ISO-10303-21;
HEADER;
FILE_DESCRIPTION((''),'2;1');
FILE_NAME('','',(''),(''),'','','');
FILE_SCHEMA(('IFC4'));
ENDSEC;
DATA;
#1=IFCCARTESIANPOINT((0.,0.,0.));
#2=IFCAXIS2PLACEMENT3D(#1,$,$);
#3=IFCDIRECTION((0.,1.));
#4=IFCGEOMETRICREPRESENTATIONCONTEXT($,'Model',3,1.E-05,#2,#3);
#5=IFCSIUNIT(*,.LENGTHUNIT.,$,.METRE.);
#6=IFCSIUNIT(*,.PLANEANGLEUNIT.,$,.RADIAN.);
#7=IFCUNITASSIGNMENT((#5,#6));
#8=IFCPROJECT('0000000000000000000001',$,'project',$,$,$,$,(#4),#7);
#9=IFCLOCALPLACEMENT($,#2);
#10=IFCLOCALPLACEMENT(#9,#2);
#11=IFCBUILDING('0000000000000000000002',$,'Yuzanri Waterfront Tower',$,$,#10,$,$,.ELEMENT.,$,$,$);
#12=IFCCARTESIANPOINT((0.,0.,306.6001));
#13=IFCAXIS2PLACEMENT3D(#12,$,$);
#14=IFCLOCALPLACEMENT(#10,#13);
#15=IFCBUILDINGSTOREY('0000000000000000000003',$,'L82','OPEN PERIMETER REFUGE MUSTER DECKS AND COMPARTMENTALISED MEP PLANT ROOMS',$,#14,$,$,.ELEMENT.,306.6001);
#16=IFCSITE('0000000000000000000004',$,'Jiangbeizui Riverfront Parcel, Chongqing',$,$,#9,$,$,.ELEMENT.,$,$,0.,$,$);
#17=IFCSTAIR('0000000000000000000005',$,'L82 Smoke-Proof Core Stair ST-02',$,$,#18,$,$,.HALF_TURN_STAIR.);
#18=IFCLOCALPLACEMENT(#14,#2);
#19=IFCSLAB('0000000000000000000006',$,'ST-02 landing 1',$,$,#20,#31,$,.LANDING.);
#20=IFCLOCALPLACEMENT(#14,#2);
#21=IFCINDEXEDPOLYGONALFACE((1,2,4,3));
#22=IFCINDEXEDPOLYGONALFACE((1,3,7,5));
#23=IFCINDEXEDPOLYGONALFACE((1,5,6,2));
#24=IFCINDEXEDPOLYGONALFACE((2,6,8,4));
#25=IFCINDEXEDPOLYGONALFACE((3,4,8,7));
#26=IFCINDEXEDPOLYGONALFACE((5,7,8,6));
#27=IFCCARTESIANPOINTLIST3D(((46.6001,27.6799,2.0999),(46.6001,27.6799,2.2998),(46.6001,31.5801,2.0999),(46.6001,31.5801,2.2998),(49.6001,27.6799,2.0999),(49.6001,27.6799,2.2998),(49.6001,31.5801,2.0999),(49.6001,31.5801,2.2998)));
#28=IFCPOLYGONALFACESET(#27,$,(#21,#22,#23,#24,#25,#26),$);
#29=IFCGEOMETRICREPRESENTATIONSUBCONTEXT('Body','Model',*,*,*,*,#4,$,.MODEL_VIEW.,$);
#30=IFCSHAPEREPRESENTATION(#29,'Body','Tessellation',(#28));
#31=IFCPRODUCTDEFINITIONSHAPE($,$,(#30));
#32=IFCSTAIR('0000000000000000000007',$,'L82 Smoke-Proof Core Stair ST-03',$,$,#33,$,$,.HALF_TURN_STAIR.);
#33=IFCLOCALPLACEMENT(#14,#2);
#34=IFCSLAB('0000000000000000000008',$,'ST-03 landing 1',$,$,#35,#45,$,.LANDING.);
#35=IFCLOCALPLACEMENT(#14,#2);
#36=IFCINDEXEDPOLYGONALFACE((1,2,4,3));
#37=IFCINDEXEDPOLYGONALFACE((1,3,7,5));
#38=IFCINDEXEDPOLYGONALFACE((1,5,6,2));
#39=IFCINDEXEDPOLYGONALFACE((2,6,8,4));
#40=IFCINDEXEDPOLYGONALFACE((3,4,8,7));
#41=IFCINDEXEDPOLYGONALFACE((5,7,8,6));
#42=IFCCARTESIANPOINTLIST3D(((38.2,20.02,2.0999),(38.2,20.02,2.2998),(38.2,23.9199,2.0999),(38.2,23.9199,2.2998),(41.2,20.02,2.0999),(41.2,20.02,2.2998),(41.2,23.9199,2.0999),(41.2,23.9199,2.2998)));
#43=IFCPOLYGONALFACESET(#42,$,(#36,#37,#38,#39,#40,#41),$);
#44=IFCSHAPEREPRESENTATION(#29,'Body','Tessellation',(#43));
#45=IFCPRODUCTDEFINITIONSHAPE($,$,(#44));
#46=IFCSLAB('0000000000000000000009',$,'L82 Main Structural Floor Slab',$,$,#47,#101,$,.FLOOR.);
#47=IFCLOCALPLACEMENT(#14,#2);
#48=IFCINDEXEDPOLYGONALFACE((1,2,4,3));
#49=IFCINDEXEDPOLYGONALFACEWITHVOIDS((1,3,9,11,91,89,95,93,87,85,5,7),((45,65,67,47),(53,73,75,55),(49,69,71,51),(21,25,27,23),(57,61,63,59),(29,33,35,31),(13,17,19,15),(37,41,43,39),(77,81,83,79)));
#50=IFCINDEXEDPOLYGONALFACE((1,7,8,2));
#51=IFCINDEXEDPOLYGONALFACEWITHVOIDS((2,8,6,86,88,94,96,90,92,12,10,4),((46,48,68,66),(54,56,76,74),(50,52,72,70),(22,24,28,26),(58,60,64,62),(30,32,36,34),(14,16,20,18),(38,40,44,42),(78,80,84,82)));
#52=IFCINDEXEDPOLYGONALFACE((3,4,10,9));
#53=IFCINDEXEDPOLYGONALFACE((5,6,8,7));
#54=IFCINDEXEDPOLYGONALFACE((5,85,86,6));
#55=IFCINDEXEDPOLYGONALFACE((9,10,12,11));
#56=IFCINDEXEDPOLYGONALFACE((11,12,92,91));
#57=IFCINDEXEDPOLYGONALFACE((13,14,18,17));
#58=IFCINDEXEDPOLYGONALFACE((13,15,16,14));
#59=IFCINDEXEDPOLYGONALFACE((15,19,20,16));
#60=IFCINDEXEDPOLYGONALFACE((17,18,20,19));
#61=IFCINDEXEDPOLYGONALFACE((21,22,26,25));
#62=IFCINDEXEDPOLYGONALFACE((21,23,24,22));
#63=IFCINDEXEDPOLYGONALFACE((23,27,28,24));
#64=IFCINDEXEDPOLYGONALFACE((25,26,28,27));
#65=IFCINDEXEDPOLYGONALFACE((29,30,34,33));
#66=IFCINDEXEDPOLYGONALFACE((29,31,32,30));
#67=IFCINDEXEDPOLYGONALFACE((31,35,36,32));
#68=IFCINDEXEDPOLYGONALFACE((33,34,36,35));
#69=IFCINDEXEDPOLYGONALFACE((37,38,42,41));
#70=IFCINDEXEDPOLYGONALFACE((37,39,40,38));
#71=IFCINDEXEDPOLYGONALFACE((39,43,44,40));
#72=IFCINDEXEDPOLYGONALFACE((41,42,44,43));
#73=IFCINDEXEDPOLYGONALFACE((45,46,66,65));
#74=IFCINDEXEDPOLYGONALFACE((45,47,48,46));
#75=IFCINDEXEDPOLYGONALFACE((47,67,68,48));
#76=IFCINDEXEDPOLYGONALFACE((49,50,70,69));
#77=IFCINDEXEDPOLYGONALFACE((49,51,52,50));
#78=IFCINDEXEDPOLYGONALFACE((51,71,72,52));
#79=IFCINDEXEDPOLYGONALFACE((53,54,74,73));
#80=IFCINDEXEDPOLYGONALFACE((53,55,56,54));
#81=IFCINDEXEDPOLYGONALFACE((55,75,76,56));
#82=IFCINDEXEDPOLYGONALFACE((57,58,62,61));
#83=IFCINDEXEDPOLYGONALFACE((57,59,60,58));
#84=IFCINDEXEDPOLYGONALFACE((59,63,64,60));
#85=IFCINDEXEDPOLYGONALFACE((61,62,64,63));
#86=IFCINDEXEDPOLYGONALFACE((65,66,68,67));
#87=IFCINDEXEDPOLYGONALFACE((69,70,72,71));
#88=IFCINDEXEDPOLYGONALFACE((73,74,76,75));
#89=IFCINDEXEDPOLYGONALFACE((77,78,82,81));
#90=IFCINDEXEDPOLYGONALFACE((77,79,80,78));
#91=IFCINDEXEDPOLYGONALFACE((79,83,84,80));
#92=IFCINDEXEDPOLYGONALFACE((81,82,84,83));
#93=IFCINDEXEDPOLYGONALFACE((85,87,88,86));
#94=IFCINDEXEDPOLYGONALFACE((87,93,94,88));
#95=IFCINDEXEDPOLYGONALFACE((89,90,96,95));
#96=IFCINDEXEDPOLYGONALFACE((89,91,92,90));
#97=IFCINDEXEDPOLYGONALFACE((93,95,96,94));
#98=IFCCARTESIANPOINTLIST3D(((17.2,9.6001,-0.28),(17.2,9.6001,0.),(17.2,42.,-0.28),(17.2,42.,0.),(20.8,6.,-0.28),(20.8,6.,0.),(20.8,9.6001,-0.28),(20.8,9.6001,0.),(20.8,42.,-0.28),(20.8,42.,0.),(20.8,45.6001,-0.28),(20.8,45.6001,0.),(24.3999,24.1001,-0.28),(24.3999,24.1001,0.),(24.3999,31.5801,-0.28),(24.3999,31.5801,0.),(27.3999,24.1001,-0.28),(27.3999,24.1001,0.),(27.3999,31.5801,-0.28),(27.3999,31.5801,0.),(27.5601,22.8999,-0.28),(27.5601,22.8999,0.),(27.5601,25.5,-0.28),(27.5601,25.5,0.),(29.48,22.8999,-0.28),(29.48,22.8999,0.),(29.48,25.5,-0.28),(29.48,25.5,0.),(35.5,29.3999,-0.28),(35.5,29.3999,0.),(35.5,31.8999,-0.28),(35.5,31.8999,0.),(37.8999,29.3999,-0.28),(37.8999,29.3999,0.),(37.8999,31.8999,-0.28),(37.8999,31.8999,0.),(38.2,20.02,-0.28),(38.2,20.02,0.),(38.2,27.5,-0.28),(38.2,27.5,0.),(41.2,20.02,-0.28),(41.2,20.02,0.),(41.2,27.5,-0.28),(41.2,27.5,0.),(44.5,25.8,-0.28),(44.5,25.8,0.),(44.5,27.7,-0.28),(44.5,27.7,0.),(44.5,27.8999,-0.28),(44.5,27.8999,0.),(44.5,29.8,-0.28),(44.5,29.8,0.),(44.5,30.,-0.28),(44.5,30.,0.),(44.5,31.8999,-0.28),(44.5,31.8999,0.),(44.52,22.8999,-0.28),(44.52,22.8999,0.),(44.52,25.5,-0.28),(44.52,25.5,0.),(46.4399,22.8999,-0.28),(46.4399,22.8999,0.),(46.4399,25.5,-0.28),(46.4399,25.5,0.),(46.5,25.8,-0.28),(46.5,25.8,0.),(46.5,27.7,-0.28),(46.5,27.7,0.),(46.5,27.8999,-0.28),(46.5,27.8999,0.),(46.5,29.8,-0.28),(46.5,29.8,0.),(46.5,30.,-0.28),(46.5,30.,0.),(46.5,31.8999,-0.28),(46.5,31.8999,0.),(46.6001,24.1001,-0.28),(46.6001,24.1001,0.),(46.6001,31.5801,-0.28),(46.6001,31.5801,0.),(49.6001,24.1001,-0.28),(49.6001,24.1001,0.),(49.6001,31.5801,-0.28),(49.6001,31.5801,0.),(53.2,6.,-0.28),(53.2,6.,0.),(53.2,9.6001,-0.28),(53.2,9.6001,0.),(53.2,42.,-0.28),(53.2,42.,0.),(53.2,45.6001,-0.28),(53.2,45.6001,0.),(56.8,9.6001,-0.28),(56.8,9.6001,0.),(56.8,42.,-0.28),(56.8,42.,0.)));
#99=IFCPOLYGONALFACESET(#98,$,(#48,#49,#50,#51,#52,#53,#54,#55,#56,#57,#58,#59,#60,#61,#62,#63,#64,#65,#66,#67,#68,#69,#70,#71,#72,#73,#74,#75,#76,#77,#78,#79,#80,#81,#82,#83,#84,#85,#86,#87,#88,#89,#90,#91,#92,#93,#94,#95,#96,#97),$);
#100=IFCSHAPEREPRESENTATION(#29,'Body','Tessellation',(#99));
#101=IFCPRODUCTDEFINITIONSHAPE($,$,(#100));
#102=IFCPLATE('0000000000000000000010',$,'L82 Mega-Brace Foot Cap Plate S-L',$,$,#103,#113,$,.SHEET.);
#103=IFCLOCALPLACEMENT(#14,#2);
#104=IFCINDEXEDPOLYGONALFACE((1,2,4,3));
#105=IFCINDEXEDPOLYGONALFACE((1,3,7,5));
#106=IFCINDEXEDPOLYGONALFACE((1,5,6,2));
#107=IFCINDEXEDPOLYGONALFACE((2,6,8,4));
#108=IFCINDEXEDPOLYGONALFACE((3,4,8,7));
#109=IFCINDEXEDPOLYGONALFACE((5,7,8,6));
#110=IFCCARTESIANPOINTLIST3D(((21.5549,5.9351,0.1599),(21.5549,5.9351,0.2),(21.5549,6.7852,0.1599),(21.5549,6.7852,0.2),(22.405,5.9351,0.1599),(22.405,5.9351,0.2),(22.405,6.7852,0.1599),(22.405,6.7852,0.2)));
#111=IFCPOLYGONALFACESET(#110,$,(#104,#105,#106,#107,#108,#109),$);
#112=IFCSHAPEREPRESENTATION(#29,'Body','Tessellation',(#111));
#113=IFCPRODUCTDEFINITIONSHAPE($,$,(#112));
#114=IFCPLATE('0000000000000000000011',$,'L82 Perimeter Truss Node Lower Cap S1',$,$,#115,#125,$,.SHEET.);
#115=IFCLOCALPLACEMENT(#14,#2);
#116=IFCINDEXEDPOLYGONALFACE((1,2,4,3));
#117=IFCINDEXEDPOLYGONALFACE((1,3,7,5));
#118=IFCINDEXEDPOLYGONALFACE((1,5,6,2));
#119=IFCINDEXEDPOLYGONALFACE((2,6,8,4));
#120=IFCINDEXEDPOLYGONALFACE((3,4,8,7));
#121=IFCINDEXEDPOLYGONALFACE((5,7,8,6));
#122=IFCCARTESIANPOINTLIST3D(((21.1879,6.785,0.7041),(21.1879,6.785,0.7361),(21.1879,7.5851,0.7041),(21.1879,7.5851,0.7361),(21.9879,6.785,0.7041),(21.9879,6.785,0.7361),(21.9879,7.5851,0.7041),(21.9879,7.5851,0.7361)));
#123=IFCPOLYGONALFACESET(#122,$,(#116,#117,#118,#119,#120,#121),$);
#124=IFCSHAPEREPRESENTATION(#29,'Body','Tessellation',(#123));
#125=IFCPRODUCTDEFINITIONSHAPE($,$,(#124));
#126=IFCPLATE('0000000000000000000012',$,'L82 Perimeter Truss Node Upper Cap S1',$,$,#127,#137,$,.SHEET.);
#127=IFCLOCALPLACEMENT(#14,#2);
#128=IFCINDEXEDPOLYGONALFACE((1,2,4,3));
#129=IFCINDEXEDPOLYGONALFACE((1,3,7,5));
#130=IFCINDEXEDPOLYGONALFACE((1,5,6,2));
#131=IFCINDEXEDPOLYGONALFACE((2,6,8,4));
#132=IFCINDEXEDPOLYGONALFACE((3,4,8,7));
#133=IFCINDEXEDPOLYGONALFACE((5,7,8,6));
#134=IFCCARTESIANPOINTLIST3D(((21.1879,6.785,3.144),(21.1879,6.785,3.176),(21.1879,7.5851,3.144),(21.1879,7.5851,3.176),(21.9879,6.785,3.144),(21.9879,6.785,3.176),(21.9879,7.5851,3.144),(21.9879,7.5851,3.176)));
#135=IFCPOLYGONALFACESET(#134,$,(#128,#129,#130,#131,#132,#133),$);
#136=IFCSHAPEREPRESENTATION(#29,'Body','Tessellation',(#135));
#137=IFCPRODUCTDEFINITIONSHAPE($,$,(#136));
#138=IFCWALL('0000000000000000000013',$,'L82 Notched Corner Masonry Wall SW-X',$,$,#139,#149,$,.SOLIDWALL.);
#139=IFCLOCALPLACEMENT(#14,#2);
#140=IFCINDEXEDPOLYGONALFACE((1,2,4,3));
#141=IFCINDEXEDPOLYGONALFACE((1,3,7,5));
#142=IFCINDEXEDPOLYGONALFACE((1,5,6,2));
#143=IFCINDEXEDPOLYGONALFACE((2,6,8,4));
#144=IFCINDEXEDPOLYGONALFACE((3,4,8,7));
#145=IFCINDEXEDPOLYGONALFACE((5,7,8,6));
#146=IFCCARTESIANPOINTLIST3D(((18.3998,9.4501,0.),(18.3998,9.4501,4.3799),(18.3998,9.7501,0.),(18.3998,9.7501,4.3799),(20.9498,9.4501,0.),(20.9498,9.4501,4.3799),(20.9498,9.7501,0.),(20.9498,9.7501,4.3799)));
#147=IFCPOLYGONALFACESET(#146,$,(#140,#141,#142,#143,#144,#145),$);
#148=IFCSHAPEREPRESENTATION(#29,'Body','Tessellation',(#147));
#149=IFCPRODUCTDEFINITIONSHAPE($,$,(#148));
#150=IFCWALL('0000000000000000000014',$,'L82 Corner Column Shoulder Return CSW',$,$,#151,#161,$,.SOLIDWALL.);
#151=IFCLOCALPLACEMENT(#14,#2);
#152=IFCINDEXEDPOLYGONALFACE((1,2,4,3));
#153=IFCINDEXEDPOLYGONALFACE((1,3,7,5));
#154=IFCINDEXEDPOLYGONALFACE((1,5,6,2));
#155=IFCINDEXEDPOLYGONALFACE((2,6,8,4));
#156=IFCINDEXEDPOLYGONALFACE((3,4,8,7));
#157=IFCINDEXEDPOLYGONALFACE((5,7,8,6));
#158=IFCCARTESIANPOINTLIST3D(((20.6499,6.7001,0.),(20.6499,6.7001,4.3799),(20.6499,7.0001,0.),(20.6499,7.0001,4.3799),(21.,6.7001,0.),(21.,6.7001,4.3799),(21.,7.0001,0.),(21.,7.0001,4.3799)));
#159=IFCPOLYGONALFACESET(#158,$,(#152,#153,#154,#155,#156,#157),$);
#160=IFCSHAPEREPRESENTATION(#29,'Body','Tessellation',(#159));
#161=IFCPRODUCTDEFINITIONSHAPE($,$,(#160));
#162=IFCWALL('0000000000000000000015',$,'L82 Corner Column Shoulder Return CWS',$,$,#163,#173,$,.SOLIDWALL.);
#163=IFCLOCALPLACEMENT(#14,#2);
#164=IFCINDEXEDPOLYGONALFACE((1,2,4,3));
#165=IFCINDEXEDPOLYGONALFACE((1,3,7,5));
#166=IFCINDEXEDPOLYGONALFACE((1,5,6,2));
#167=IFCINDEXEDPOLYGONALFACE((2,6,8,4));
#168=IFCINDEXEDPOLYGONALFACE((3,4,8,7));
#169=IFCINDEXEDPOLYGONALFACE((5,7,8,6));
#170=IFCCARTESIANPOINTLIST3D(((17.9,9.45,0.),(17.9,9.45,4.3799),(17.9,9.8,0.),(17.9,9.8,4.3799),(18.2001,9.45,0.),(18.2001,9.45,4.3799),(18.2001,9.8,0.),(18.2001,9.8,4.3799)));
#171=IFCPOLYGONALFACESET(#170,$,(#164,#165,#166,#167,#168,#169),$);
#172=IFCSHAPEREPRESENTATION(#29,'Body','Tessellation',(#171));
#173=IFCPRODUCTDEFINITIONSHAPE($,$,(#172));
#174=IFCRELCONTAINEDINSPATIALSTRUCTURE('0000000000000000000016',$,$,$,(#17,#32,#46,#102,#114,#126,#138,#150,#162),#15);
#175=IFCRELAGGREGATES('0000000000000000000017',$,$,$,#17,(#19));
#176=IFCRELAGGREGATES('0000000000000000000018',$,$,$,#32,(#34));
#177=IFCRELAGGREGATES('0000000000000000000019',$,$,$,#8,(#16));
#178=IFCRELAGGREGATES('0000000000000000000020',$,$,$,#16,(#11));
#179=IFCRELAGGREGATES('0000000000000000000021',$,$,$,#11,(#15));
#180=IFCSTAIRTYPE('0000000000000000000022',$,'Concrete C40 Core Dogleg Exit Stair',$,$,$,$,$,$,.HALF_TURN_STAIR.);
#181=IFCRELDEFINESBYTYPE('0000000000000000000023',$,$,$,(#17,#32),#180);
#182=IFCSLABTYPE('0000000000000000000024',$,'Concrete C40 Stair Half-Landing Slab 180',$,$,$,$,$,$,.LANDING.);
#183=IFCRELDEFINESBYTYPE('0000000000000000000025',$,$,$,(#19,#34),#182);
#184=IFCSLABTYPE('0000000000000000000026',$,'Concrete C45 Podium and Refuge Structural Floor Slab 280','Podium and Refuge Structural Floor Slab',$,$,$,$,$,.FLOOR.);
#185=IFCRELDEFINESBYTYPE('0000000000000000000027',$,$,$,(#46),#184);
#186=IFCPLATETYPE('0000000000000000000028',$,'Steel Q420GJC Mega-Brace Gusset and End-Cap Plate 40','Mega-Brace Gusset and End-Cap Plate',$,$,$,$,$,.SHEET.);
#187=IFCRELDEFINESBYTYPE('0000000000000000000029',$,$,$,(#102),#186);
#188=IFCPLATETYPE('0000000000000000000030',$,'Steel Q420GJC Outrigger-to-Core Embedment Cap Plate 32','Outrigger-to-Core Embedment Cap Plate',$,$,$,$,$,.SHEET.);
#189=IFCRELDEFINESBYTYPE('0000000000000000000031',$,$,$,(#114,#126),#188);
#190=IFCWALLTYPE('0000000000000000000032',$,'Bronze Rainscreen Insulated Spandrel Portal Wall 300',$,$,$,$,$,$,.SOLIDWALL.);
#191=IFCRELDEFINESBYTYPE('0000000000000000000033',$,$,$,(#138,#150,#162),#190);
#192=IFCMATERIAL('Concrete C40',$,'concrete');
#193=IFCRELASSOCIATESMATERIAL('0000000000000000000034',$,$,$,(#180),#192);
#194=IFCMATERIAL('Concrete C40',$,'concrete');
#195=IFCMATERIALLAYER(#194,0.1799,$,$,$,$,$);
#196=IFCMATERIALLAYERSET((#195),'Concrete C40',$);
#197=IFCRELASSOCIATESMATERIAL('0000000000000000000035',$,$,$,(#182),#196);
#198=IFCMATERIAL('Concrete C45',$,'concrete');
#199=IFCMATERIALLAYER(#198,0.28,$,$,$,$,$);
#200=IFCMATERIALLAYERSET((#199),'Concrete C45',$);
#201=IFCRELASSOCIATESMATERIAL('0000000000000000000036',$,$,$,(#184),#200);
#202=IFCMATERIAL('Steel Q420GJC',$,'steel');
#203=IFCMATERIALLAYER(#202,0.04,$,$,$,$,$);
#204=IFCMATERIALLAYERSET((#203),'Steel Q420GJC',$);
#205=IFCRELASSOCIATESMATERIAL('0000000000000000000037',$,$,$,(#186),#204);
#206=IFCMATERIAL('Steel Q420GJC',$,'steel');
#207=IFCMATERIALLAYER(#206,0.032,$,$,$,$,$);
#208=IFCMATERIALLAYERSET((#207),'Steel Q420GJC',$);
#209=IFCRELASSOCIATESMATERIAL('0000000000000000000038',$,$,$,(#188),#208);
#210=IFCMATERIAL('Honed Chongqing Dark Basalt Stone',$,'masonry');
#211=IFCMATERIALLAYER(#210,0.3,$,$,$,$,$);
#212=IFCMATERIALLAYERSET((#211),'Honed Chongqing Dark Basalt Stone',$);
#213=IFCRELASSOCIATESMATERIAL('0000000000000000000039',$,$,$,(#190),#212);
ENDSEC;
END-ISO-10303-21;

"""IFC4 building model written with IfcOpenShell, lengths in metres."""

from ifc_helpers import new_model, si_unit, direction, frame, frame_2d, origin, origin_2d, place, context, subcontext, project, spatial, polyline, rectangle, outline, extrude, source, transform, mapped, material, layer, layer_set, type_object, element, aggregate, save


model = new_model("IFC4")

# Units and contexts
model_context = context("Model", 3, precision=1e-05, world=origin(), true_north=direction((0.0, 1.0)))
body_context = subcontext(model_context, "Body", "Model", "MODEL_VIEW")
ifc_project = project(units=[si_unit("LENGTHUNIT", "METRE"), si_unit("PLANEANGLEUNIT", "RADIAN")], contexts=[model_context])

# Site, building, storey
site_placement = place(None, origin())
site = spatial("IfcSite", under=ifc_project, at=site_placement, Name="Jiangbeizui Riverfront Parcel, Chongqing", CompositionType="ELEMENT", RefElevation=0.0)
building_placement = place(site_placement, origin())
building = spatial("IfcBuilding", under=site, at=building_placement, Name="Yuzanri Waterfront Tower", CompositionType="ELEMENT")
storey_placement = place(building_placement, frame((0.0, 0.0, 306.6001)))
storey = spatial("IfcBuildingStorey", under=building, at=storey_placement, Name="L82", Description="OPEN PERIMETER REFUGE MUSTER DECKS AND COMPARTMENTALISED MEP PLANT ROOMS", CompositionType="ELEMENT", Elevation=306.6001)

# Stairs, slabs
ifc_material_1 = material(Name="Concrete C40", Category="concrete")
stair_type = type_object("IfcStairType", Name="Concrete C40 Core Dogleg Exit Stair", PredefinedType="HALF_TURN_STAIR", material=ifc_material_1)
ifc_material_2 = material(Name="Concrete C40", Category="concrete")
ifc_layer_1 = layer(ifc_material_2, 0.1799)
ifc_layer_set_1 = layer_set([ifc_layer_1], Name="Concrete C40")
slab_type_1 = type_object("IfcSlabType", Name="Concrete C40 Stair Half-Landing Slab 180", PredefinedType="LANDING", material=ifc_layer_set_1)
stair_1_placement = place(storey_placement, origin())
stair_1 = element("IfcStair", 1, at=stair_1_placement, inside=storey, type_object=stair_type, Name="L82 Smoke-Proof Core Stair ST-02", PredefinedType="HALF_TURN_STAIR")
slab_1_placement = place(storey_placement, frame((0.0, 0.0, 2.0999)))
slab_1 = element("IfcSlab", 2, at=slab_1_placement, type_object=slab_type_1, Name="ST-02 landing 1", PredefinedType="LANDING", context=body_context, shape_type="SweptSolid", body=[
    extrude(outline(polyline([(49.6001, 27.6799), (49.6001, 31.5801), (46.6001, 31.5801), (46.6001, 27.6799), (49.6001, 27.6799)])), origin(), (0.0, 0.0, 1.0), 0.2),
])
aggregate(stair_1, [slab_1])
stair_2_placement = place(storey_placement, origin())
stair_2 = element("IfcStair", 3, at=stair_2_placement, inside=storey, type_object=stair_type, Name="L82 Smoke-Proof Core Stair ST-03", PredefinedType="HALF_TURN_STAIR")
slab_2_placement = place(storey_placement, frame((0.0, 0.0, 2.0999)))
slab_2 = element("IfcSlab", 4, at=slab_2_placement, type_object=slab_type_1, Name="ST-03 landing 1", PredefinedType="LANDING", context=body_context, shape_type="SweptSolid", body=[
    extrude(outline(polyline([(38.2, 23.9199), (38.2, 20.02), (41.2, 20.02), (41.2, 23.9199), (38.2, 23.9199)])), origin(), (0.0, 0.0, 1.0), 0.2),
])
aggregate(stair_2, [slab_2])

# Slab
ifc_material_3 = material(Name="Concrete C45", Category="concrete")
ifc_layer_2 = layer(ifc_material_3, 0.28)
ifc_layer_set_2 = layer_set([ifc_layer_2], Name="Concrete C45")
slab_type_2 = type_object("IfcSlabType", Name="Concrete C45 Podium and Refuge Structural Floor Slab 280", Description="Podium and Refuge Structural Floor Slab", PredefinedType="FLOOR", material=ifc_layer_set_2)
slab_3_placement = place(storey_placement, frame((0.0, 0.0, -0.28)))
element("IfcSlab", 5, at=slab_3_placement, inside=storey, type_object=slab_type_2, Name="L82 Main Structural Floor Slab", PredefinedType="FLOOR", context=body_context, shape_type="SweptSolid", body=[
    extrude(outline(polyline([(20.8, 6.0), (53.2, 6.0), (53.2, 9.6001), (56.8, 9.6001), (56.8, 42.0), (53.2, 42.0), (53.2, 45.6001), (20.8, 45.6001), (20.8, 42.0), (17.2, 42.0), (17.2, 9.6001), (20.8, 9.6001), (20.8, 6.0)]), holes=[polyline([(27.3999, 24.1001), (27.3999, 31.5801), (24.3999, 31.5801), (24.3999, 24.1001), (27.3999, 24.1001)]), polyline([(49.6001, 24.1001), (49.6001, 31.5801), (46.6001, 31.5801), (46.6001, 24.1001), (49.6001, 24.1001)]), polyline([(38.2, 27.5), (38.2, 20.02), (41.2, 20.02), (41.2, 27.5), (38.2, 27.5)]), polyline([(27.5601, 22.8999), (29.48, 22.8999), (29.48, 25.5), (27.5601, 25.5), (27.5601, 22.8999)]), polyline([(44.52, 22.8999), (46.4399, 22.8999), (46.4399, 25.5), (44.52, 25.5), (44.52, 22.8999)]), polyline([(35.5, 29.3999), (37.8999, 29.3999), (37.8999, 31.8999), (35.5, 31.8999), (35.5, 29.3999)]), polyline([(44.5, 25.8), (46.5, 25.8), (46.5, 27.7), (44.5, 27.7), (44.5, 25.8)]), polyline([(44.5, 27.8999), (46.5, 27.8999), (46.5, 29.8), (44.5, 29.8), (44.5, 27.8999)]), polyline([(44.5, 30.0), (46.5, 30.0), (46.5, 31.8999), (44.5, 31.8999), (44.5, 30.0)])]), origin(), (0.0, 0.0, 1.0), 0.28),
])

# Plates
ifc_material_4 = material(Name="Steel Q420GJC", Category="steel")
ifc_layer_3 = layer(ifc_material_4, 0.04)
ifc_layer_set_3 = layer_set([ifc_layer_3], Name="Steel Q420GJC")
plate_type_1 = type_object("IfcPlateType", Name="Steel Q420GJC Mega-Brace Gusset and End-Cap Plate 40", Description="Mega-Brace Gusset and End-Cap Plate", PredefinedType="SHEET", material=ifc_layer_set_3)
shared_shape_1 = source(origin(), body_context, "Body", "SweptSolid", [
    extrude(rectangle(XDim=0.8501, YDim=0.8501, at=origin_2d()), origin(), (0.0, 0.0, 1.0), 0.04),
])
plate_placement = place(storey_placement, frame((21.98, 6.3601, 0.1599), z_axis=(0.0, 0.0, 1.0), x_axis=(1.0, 0.0, 0.0)))
element("IfcPlate", 6, at=plate_placement, inside=storey, type_object=plate_type_1, Name="L82 Mega-Brace Foot Cap Plate S-L", PredefinedType="SHEET", context=body_context, shape_type="MappedRepresentation", body=[
    mapped(shared_shape_1, transform((0.0, 0.0, 0.0), scale=1.0)),
])
ifc_material_5 = material(Name="Steel Q420GJC", Category="steel")
ifc_layer_4 = layer(ifc_material_5, 0.032)
ifc_layer_set_4 = layer_set([ifc_layer_4], Name="Steel Q420GJC")
plate_type_2 = type_object("IfcPlateType", Name="Steel Q420GJC Outrigger-to-Core Embedment Cap Plate 32", Description="Outrigger-to-Core Embedment Cap Plate", PredefinedType="SHEET", material=ifc_layer_set_4)
shared_shape_2 = source(origin(), body_context, "Body", "SweptSolid", [
    extrude(rectangle(XDim=0.8, YDim=0.8, at=origin_2d()), origin(), (0.0, 0.0, 1.0), 0.032),
])
for number, where, z_axis, x_axis, name in (
    (7, (21.5879, 7.1851, 0.7041), (0.0, 0.0, 1.0), (1.0, 0.0, 0.0), "L82 Perimeter Truss Node Lower Cap S1"),
    (8, (21.5879, 7.1851, 3.144), (0.0, 0.0, 1.0), (1.0, 0.0, 0.0), "L82 Perimeter Truss Node Upper Cap S1"),
):
    element("IfcPlate", number, at=place(storey_placement, frame(where, z_axis=z_axis, x_axis=x_axis)), inside=storey, type_object=plate_type_2, Name=name, PredefinedType="SHEET", context=body_context, shape_type="MappedRepresentation", body=[
        mapped(shared_shape_2, transform((0.0, 0.0, 0.0), scale=1.0)),
    ])

# Walls
ifc_material_6 = material(Name="Honed Chongqing Dark Basalt Stone", Category="masonry")
ifc_layer_5 = layer(ifc_material_6, 0.3)
ifc_layer_set_5 = layer_set([ifc_layer_5], Name="Honed Chongqing Dark Basalt Stone")
wall_type = type_object("IfcWallType", Name="Bronze Rainscreen Insulated Spandrel Portal Wall 300", PredefinedType="SOLIDWALL", material=ifc_layer_set_5)
shared_shape_3 = source(origin(), body_context, "Body", "SweptSolid", [
    extrude(rectangle(XDim=2.55, YDim=0.3, at=frame_2d((1.2749, 0.0))), origin(), (0.0, 0.0, 1.0), 4.3799),
])
wall_placement = place(storey_placement, frame((18.3999, 9.6001, 0.0), z_axis=(0.0, 0.0, 1.0), x_axis=(1.0, 0.0, 0.0)))
element("IfcWall", 9, at=wall_placement, inside=storey, type_object=wall_type, Name="L82 Notched Corner Masonry Wall SW-X", PredefinedType="SOLIDWALL", context=body_context, shape_type="MappedRepresentation", body=[
    mapped(shared_shape_3, transform((0.0, 0.0, 0.0), scale=1.0)),
])
shared_shape_4 = source(origin(), body_context, "Body", "SweptSolid", [
    extrude(rectangle(XDim=0.3501, YDim=0.3, at=frame_2d((0.175, 0.0))), origin(), (0.0, 0.0, 1.0), 4.3799),
])
for number, where, z_axis, x_axis, name in (
    (10, (20.6499, 6.8501, 0.0), (0.0, 0.0, 1.0), (1.0, 0.0, 0.0), "L82 Corner Column Shoulder Return CSW"),
    (11, (18.05, 9.45, 0.0), (0.0, 0.0, 1.0), (0.0, 1.0, 0.0), "L82 Corner Column Shoulder Return CWS"),
):
    element("IfcWall", number, at=place(storey_placement, frame(where, z_axis=z_axis, x_axis=x_axis)), inside=storey, type_object=wall_type, Name=name, PredefinedType="SOLIDWALL", context=body_context, shape_type="MappedRepresentation", body=[
        mapped(shared_shape_4, transform((0.0, 0.0, 0.0), scale=1.0)),
    ])

save(model, "model.ifc")
